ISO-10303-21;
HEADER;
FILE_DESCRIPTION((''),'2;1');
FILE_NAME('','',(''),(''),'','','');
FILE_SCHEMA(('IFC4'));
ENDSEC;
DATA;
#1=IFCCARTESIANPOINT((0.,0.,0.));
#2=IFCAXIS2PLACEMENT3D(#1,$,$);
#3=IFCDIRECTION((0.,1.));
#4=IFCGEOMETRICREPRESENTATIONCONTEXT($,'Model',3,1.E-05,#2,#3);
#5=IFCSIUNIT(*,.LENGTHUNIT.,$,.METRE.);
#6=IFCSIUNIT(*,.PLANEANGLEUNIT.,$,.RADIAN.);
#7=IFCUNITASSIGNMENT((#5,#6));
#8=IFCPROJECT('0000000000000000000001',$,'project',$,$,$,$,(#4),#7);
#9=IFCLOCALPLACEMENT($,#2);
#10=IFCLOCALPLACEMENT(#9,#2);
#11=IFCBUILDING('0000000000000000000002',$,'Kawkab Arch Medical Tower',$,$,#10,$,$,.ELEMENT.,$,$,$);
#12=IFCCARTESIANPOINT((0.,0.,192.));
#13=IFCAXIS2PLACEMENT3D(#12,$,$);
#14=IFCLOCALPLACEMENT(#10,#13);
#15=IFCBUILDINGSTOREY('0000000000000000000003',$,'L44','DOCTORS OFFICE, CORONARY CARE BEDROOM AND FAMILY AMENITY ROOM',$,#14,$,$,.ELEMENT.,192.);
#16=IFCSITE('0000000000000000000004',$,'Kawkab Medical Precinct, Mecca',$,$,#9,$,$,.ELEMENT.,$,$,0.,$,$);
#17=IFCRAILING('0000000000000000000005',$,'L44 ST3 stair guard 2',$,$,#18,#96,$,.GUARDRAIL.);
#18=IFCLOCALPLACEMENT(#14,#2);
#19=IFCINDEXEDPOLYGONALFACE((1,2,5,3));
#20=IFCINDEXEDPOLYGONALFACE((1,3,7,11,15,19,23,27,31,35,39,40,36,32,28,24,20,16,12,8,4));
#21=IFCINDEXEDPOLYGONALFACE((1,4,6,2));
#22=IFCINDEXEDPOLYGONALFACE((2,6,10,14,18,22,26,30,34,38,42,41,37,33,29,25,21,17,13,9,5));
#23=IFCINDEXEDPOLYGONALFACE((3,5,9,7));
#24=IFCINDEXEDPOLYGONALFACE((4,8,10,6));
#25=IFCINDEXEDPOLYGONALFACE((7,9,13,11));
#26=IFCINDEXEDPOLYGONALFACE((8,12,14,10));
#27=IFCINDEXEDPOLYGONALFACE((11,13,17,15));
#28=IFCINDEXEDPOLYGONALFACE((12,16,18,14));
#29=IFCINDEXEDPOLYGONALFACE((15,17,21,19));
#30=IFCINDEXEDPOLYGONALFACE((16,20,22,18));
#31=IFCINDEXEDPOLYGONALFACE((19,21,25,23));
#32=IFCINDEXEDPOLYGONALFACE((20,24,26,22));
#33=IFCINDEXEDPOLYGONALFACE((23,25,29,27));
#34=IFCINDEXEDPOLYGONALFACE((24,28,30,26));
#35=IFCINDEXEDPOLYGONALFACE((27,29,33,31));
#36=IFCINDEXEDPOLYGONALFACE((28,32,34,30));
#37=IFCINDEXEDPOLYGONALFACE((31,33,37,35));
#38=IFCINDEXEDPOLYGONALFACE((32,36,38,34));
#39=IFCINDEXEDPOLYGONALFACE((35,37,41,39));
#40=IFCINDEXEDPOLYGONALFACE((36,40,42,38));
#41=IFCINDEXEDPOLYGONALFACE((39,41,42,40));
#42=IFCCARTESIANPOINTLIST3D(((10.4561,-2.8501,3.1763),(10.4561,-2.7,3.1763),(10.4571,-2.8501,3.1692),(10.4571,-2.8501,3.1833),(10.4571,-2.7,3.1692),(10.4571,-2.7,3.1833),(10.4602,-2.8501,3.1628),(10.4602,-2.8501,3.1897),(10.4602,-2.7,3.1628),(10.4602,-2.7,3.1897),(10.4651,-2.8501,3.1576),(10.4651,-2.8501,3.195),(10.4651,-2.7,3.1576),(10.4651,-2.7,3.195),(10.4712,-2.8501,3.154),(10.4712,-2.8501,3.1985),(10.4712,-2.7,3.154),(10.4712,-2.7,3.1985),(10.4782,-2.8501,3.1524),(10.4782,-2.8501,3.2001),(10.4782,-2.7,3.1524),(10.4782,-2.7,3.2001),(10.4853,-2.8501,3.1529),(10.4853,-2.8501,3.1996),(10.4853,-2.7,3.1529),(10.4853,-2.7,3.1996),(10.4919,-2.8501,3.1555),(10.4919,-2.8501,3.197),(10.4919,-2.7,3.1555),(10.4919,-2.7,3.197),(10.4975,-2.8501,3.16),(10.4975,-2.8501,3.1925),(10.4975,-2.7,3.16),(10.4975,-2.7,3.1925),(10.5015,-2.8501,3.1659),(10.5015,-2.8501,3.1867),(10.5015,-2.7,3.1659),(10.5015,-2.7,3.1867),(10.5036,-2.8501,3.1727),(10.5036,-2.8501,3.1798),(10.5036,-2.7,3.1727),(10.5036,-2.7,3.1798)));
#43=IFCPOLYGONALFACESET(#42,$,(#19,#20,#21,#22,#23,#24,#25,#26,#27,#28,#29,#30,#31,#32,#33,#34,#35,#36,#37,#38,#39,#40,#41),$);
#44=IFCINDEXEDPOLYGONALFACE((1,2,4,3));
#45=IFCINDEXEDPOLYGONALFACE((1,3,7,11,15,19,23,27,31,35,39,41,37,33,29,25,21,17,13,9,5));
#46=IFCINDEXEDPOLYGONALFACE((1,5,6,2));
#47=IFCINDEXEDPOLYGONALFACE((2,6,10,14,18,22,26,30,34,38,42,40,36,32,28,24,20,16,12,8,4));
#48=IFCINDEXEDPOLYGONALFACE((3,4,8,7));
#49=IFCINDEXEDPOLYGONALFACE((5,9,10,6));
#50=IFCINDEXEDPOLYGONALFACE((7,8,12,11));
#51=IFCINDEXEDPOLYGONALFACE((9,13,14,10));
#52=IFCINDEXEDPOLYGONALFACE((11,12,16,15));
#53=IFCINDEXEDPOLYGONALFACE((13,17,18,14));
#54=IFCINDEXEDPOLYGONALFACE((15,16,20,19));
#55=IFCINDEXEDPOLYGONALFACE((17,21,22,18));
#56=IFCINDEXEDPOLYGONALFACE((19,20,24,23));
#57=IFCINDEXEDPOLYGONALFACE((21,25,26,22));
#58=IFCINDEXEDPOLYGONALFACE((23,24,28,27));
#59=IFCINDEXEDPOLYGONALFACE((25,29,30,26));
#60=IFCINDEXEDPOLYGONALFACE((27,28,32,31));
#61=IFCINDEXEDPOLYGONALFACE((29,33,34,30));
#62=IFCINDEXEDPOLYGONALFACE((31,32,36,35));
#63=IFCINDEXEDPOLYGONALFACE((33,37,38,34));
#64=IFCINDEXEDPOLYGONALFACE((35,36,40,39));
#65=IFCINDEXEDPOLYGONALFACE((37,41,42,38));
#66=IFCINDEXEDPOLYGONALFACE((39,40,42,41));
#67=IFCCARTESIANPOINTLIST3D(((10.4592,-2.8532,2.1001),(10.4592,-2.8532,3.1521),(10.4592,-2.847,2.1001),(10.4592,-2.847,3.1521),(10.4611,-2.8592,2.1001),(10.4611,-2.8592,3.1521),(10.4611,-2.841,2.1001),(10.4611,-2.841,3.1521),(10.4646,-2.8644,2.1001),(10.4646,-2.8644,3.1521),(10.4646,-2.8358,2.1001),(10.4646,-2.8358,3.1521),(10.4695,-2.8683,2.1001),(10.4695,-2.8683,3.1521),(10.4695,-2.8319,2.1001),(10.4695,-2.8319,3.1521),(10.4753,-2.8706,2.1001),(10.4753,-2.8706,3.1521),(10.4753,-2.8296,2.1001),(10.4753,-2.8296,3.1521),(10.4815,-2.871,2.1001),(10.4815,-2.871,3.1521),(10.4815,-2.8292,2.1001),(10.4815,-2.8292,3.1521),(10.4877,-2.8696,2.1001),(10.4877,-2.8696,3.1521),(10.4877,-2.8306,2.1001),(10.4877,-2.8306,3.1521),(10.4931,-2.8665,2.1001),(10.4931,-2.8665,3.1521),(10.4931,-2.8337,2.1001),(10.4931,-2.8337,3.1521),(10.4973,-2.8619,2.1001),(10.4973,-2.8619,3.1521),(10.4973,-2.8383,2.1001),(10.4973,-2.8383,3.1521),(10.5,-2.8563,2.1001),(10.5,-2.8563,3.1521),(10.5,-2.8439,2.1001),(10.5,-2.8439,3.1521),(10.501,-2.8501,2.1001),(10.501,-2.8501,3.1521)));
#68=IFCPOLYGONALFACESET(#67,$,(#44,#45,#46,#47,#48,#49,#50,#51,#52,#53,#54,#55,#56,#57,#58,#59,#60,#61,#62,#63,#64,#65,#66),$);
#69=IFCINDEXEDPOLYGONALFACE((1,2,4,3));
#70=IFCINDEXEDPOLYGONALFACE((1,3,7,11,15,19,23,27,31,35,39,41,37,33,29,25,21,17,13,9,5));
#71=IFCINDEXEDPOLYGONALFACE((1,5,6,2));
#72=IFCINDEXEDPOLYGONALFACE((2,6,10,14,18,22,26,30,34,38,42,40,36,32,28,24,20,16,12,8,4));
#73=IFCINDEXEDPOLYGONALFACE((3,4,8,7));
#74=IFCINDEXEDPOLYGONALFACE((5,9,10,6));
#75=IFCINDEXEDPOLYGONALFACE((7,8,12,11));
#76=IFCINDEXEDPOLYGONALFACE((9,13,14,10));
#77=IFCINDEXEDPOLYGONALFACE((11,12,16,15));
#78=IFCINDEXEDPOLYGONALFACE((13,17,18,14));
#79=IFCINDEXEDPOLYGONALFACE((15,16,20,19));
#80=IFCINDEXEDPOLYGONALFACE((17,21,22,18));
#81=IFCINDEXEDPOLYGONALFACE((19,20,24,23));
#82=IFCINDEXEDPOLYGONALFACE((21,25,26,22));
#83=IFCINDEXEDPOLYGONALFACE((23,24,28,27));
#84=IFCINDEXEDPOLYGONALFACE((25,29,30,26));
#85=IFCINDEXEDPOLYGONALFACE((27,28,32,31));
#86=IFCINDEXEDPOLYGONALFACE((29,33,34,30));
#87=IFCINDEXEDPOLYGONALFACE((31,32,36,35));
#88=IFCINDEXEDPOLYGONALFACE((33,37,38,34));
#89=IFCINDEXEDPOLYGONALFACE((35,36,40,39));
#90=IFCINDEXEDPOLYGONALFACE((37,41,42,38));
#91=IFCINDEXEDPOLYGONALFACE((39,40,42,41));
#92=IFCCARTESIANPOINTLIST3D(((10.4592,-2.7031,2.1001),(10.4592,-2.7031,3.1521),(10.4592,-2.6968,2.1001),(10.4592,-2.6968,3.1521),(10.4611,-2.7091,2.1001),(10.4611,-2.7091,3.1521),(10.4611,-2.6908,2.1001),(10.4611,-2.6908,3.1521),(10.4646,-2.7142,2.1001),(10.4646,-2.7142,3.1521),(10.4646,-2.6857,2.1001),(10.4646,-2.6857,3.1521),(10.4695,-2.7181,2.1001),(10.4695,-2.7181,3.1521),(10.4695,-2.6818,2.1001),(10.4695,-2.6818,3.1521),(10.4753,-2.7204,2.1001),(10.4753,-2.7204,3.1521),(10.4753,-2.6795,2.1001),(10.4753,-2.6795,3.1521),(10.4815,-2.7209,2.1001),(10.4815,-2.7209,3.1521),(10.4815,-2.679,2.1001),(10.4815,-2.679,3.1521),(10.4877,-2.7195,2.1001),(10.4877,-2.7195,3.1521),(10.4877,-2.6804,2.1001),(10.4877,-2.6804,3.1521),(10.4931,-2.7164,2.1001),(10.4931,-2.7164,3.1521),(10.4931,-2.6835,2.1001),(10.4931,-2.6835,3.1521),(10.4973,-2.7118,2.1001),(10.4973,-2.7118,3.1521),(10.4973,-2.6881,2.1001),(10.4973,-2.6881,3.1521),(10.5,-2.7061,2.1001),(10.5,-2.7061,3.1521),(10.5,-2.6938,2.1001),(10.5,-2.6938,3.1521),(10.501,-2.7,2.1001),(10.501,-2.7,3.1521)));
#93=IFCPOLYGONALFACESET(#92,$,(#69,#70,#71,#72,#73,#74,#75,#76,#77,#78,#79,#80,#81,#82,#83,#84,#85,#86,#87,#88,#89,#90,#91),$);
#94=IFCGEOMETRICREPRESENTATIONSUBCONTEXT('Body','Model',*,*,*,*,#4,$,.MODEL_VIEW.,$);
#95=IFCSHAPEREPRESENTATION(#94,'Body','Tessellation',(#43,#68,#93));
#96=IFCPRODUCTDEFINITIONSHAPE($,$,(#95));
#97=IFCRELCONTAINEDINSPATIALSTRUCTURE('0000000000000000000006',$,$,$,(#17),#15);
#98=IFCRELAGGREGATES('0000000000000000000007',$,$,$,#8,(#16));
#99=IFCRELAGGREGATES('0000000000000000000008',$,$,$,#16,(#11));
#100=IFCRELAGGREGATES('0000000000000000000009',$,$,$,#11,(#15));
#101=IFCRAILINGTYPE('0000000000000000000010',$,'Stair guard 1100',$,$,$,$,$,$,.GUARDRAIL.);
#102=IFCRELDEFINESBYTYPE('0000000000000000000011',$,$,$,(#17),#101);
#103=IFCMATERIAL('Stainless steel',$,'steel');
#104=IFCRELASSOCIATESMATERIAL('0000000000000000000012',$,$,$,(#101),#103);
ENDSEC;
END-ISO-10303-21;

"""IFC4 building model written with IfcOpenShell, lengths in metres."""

from ifc_helpers import new_model, si_unit, direction, frame, origin, origin_2d, place, context, subcontext, project, spatial, circle, extrude, material, type_object, element, save


model = new_model("IFC4")

# Units and contexts
model_context = context("Model", 3, precision=1e-05, world=origin(), true_north=direction((0.0, 1.0)))
body_context = subcontext(model_context, "Body", "Model", "MODEL_VIEW")
ifc_project = project(units=[si_unit("LENGTHUNIT", "METRE"), si_unit("PLANEANGLEUNIT", "RADIAN")], contexts=[model_context])

# Site, building, storey
site_placement = place(None, origin())
site = spatial("IfcSite", under=ifc_project, at=site_placement, Name="Kawkab Medical Precinct, Mecca", CompositionType="ELEMENT", RefElevation=0.0)
building_placement = place(site_placement, origin())
building = spatial("IfcBuilding", under=site, at=building_placement, Name="Kawkab Arch Medical Tower", CompositionType="ELEMENT")
storey_placement = place(building_placement, frame((0.0, 0.0, 192.0)))
storey = spatial("IfcBuildingStorey", under=building, at=storey_placement, Name="L44", Description="DOCTORS OFFICE, CORONARY CARE BEDROOM AND FAMILY AMENITY ROOM", CompositionType="ELEMENT", Elevation=192.0)

# Railing
ifc_material_1 = material(Name="Stainless steel", Category="steel")
railing_type_1 = type_object("IfcRailingType", Name="Stair guard 1100", PredefinedType="GUARDRAIL", material=ifc_material_1)
railing_1_placement = place(storey_placement, frame((10.48, -2.8501, 2.1001)))
element("IfcRailing", 1, at=railing_1_placement, inside=storey, type_object=railing_type_1, Name="L44 ST3 stair guard 2", PredefinedType="GUARDRAIL", context=body_context, shape_type="SweptSolid", body=[
    extrude(circle(Radius=0.0239, at=origin_2d()), frame((0.0, 0.0, 1.0762), z_axis=(0.0, 1.0, 0.0), x_axis=(-1.0, 0.0, 0.0)), (0.0, 0.0, 1.0), 0.1501),
    extrude(circle(Radius=0.021, at=origin_2d()), origin(), (0.0, 0.0, 1.0), 1.052),
    extrude(circle(Radius=0.021, at=origin_2d()), frame((0.0, 0.1501, 0.0)), (0.0, 0.0, 1.0), 1.052),
])

save(model, "model.ifc")
